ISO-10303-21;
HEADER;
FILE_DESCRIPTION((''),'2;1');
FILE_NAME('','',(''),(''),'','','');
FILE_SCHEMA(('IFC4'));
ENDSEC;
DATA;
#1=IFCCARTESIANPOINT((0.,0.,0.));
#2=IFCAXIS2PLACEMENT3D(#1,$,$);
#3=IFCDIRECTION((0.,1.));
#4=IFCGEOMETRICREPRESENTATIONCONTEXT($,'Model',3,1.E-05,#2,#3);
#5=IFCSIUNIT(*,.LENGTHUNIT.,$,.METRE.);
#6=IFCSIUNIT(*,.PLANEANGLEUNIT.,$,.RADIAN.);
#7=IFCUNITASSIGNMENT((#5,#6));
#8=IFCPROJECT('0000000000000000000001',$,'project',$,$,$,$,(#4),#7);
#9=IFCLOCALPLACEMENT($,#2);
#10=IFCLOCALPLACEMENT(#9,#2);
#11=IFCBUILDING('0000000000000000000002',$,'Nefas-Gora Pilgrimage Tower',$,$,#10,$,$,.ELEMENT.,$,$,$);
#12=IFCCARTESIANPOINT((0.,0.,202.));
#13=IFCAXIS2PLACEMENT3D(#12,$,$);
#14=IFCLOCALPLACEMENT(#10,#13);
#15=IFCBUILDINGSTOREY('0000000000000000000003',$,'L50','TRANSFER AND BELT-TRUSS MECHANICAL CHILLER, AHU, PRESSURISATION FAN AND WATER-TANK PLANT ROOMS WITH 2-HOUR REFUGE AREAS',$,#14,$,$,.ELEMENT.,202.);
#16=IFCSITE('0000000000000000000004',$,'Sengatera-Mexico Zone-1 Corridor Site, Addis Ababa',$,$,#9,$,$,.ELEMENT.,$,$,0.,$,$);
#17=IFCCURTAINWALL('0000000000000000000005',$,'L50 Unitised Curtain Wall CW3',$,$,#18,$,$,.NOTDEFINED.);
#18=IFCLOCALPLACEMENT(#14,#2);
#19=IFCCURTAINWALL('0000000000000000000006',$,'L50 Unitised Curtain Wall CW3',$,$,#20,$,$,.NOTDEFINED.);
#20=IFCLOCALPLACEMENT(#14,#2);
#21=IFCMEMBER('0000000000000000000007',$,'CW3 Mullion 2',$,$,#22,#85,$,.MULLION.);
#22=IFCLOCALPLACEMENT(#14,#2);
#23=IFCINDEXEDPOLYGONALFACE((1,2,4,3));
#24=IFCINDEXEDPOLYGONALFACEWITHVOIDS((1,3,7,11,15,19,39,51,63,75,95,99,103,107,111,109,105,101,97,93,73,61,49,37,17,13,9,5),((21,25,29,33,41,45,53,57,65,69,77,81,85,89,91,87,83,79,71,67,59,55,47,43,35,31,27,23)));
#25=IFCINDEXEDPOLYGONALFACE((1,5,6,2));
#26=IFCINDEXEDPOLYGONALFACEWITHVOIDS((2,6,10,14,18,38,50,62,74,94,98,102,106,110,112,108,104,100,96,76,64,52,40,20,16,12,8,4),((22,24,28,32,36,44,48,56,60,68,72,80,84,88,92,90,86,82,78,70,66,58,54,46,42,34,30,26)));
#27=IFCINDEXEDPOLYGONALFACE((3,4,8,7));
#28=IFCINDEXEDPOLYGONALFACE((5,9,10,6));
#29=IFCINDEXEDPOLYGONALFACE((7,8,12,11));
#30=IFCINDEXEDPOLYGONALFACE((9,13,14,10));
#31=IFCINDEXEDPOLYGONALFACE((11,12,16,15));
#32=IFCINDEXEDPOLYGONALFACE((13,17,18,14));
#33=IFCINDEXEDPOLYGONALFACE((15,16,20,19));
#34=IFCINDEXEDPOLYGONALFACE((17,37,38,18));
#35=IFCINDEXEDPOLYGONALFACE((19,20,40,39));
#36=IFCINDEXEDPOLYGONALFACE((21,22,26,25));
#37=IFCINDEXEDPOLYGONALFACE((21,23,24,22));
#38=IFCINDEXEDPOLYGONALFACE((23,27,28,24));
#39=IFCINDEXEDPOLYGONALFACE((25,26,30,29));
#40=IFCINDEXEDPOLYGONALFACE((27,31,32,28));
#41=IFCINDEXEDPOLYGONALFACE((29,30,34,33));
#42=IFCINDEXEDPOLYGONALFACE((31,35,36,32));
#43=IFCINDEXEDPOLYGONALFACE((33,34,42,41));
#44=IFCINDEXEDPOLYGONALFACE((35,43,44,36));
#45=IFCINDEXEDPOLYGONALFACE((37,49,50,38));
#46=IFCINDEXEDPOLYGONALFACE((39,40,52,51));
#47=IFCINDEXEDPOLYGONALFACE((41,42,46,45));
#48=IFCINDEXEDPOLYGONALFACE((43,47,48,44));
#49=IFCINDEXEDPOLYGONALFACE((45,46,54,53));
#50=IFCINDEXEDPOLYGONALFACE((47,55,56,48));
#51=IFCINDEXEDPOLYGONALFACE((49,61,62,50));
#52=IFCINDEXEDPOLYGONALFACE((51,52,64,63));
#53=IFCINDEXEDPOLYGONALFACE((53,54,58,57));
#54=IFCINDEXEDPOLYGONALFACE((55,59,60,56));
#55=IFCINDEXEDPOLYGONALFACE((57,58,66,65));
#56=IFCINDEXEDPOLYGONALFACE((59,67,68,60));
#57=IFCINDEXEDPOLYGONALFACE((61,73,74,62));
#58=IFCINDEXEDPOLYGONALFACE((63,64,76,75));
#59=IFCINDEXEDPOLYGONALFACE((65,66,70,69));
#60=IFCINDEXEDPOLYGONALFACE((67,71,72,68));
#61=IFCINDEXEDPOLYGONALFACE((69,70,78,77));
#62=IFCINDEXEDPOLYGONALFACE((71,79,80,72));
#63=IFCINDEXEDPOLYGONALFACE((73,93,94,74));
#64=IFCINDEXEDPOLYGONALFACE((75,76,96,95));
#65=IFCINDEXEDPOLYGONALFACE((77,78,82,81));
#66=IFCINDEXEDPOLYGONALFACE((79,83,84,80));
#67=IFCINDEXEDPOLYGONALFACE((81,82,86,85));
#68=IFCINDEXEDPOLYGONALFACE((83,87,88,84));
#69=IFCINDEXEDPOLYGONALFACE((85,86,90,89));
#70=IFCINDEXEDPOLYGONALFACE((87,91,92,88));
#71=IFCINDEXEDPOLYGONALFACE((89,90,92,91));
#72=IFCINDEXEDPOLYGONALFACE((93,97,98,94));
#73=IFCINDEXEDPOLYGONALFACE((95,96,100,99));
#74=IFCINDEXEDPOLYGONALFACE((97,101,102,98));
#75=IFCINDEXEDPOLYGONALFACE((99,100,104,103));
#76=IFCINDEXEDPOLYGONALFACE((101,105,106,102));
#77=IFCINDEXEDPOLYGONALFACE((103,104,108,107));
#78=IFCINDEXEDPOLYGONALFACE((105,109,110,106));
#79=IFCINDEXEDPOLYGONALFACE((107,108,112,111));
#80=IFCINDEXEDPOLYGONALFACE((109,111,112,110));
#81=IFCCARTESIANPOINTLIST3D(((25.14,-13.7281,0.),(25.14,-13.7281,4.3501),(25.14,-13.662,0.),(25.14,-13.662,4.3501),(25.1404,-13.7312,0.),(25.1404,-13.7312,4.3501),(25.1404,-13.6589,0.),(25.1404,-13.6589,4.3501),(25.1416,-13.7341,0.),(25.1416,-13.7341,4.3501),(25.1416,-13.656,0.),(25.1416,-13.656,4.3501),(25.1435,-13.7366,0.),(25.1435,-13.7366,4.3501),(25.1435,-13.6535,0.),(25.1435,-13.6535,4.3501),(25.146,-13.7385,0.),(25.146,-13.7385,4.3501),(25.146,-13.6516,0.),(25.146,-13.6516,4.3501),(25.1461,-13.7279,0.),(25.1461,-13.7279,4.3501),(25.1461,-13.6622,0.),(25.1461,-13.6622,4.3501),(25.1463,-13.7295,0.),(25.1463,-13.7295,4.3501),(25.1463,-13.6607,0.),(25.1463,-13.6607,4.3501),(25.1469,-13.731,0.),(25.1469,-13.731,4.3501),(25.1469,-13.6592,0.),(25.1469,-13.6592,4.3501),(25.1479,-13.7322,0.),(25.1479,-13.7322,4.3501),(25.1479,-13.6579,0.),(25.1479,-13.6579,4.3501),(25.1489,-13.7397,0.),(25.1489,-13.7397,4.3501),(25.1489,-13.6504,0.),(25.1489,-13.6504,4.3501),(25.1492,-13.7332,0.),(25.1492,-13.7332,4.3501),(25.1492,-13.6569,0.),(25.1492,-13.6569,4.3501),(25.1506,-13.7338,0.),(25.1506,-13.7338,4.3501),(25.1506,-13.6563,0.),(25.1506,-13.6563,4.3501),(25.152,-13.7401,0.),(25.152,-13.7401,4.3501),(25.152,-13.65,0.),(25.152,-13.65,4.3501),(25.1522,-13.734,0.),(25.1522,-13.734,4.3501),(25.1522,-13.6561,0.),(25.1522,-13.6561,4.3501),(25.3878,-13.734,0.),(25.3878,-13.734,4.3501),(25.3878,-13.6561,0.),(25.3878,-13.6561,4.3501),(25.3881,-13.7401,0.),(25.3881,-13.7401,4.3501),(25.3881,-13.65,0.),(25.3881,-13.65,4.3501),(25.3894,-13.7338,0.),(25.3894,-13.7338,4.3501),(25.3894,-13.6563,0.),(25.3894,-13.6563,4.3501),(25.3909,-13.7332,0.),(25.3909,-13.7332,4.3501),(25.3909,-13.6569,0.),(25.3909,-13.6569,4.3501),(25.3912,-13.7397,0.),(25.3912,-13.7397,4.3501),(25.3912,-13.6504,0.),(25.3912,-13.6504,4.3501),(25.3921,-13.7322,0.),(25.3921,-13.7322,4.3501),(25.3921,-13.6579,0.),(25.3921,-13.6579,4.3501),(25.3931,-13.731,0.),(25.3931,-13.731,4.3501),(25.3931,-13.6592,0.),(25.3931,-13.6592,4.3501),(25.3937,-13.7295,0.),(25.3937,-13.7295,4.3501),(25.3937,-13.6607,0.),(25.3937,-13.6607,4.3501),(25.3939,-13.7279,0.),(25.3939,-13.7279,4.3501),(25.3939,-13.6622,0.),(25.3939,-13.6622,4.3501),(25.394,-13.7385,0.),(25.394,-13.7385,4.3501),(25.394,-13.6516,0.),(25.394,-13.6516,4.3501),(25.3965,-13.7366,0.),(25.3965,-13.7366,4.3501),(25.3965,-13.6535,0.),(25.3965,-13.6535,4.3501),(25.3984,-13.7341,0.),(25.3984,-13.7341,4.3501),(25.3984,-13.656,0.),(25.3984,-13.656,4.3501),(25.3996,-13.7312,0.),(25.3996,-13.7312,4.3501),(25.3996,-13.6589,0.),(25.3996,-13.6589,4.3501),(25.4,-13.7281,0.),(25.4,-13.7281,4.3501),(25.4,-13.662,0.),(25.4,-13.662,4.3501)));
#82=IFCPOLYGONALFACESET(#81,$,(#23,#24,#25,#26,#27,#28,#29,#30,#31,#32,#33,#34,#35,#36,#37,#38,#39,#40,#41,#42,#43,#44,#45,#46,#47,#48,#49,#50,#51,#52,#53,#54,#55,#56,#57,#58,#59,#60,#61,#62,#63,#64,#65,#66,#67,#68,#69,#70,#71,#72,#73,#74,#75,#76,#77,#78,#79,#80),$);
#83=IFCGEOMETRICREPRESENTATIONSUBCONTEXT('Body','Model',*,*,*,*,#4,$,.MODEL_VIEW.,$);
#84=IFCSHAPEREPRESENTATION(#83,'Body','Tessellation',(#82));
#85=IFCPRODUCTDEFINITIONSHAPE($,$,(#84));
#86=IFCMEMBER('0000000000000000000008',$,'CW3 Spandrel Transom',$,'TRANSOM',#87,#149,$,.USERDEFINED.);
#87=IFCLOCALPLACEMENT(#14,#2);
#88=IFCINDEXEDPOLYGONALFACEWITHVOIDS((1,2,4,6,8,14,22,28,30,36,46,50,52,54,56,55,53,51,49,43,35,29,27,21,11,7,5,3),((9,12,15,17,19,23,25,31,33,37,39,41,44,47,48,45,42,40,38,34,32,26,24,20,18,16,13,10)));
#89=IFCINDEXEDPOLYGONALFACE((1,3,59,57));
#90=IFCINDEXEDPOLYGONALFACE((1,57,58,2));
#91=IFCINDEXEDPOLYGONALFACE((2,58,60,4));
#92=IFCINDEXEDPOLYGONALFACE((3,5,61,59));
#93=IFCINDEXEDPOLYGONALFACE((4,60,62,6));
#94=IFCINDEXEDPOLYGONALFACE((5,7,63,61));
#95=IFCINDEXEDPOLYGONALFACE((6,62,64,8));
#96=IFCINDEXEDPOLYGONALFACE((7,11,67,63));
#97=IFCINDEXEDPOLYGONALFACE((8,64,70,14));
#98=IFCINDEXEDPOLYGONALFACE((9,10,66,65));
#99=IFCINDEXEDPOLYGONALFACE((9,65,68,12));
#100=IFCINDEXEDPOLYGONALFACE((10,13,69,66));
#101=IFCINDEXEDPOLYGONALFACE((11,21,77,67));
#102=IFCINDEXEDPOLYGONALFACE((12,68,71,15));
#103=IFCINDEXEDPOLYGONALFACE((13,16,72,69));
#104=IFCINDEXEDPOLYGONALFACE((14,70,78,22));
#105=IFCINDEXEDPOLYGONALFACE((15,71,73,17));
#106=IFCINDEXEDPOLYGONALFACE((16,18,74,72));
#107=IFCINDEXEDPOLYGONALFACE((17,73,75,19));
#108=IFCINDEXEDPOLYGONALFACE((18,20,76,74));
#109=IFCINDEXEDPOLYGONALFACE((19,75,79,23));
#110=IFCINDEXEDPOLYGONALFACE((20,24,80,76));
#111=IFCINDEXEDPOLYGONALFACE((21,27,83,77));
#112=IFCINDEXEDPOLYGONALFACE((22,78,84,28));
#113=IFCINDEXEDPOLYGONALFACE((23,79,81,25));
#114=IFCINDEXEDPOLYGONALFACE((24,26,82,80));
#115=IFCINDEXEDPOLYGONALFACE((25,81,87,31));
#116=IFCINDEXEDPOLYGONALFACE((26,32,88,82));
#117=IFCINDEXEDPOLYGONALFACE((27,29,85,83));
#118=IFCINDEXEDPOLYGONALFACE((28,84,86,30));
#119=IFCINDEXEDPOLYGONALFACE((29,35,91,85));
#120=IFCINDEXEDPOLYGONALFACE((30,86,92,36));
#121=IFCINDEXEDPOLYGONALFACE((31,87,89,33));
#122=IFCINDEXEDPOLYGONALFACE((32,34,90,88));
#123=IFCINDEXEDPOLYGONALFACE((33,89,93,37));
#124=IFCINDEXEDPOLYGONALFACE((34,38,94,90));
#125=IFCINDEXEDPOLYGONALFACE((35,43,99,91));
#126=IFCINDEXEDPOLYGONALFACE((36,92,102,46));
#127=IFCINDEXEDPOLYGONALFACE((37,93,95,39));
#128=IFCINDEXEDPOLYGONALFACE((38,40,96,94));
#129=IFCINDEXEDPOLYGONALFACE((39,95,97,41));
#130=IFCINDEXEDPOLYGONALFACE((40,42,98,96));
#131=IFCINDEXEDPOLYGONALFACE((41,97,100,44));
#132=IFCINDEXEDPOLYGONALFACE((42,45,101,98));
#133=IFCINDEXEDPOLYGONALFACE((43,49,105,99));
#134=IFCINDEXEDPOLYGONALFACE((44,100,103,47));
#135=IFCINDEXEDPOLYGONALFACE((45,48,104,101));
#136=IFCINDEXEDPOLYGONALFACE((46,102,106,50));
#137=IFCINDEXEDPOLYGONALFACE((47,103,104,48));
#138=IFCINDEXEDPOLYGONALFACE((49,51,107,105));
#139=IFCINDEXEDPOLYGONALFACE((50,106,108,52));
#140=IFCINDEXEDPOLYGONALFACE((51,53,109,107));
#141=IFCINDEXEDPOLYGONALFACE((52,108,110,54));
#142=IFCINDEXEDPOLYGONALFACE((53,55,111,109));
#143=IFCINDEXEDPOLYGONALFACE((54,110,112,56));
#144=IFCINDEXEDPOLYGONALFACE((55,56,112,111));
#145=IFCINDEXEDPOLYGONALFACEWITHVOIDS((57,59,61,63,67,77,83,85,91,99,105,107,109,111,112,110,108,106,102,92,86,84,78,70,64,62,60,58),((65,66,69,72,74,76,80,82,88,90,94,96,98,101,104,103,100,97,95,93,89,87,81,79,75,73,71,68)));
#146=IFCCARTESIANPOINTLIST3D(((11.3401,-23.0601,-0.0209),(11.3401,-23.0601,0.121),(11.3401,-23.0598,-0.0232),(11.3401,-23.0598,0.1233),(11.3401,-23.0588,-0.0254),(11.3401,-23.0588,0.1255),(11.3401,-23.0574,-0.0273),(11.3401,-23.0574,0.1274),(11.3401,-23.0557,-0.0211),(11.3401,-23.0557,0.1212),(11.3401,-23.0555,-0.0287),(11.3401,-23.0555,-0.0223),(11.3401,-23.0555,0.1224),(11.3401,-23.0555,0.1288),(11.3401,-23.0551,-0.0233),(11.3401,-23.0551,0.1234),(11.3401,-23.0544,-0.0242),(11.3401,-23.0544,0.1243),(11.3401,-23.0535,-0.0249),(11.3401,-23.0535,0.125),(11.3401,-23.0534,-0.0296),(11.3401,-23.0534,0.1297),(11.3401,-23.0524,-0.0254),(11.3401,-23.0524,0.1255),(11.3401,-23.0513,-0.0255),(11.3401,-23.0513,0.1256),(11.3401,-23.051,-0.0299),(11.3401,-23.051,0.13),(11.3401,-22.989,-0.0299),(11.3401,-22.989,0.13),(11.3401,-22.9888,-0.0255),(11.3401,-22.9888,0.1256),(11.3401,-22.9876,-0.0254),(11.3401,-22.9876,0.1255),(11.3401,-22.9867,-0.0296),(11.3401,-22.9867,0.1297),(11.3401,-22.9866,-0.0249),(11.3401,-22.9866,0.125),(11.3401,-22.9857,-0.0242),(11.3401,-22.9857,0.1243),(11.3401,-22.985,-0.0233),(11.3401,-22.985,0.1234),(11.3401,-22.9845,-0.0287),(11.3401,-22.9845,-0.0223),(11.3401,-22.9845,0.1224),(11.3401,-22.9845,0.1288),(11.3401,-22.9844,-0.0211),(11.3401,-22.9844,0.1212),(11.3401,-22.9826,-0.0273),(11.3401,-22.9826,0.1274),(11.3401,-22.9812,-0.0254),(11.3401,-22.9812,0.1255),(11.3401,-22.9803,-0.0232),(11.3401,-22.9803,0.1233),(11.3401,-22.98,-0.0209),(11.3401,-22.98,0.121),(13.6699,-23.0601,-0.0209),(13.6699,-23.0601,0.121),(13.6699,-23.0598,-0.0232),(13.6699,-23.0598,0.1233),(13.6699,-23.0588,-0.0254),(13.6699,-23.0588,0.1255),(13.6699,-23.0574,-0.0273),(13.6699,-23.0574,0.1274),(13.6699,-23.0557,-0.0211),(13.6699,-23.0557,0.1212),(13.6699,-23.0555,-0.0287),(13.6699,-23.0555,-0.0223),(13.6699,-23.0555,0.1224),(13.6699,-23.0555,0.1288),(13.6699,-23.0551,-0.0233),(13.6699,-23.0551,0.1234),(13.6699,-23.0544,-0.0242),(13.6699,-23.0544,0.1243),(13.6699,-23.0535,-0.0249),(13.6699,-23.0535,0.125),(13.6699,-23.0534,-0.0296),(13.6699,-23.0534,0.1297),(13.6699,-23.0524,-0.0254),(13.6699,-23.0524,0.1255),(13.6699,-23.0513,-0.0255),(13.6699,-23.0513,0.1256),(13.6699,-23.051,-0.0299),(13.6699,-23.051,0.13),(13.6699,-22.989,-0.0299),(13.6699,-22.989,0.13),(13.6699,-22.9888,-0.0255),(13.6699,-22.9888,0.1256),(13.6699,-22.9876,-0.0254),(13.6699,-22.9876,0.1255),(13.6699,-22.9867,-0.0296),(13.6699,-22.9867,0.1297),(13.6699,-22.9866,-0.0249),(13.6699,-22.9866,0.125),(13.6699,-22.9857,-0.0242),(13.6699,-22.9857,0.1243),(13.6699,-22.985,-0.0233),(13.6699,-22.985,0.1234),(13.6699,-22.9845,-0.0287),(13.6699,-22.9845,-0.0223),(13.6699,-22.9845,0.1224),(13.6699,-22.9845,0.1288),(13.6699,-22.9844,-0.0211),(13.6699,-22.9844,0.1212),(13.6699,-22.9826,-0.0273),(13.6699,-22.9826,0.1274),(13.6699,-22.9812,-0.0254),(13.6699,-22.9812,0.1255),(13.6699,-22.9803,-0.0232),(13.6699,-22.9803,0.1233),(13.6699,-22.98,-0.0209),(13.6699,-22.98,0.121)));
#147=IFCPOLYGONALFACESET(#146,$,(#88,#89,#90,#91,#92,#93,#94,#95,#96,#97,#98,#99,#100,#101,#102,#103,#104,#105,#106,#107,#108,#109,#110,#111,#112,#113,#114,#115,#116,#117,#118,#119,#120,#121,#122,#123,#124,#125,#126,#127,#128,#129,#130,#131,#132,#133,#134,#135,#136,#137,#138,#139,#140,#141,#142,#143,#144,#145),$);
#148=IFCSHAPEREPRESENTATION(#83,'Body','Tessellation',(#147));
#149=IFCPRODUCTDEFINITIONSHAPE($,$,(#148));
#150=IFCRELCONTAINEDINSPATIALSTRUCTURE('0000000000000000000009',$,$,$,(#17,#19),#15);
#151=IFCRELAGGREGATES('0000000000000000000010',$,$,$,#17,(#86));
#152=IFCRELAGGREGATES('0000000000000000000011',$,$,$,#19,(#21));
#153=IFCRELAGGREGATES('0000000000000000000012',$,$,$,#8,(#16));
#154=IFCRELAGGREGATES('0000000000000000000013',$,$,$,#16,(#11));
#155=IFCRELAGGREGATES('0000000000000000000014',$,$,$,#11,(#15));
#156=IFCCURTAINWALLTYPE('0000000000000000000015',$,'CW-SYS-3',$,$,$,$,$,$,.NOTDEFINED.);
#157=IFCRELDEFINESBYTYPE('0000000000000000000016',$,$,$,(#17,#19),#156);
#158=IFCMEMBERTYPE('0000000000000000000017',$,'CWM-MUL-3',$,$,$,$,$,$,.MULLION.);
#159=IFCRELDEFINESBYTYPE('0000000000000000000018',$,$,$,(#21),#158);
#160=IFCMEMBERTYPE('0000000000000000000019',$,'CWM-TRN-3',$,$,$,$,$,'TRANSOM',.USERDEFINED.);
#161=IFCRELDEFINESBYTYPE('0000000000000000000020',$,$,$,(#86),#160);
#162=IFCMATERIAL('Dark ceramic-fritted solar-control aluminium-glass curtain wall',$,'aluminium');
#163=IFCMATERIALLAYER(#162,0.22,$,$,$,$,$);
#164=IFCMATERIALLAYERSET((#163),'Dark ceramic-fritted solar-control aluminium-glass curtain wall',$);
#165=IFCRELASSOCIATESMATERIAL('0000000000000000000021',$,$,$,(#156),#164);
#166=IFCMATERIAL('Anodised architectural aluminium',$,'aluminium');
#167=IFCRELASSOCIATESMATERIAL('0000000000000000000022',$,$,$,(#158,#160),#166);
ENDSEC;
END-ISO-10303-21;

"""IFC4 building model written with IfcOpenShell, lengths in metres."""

from ifc_helpers import new_model, si_unit, direction, frame, origin, origin_2d, place, context, subcontext, project, spatial, hollow_rectangle, extrude, source, transform, mapped, material, layer, layer_set, material_profile, profile_set, type_object, element, aggregate, save


model = new_model("IFC4")

# Units and contexts
model_context = context("Model", 3, precision=1e-05, world=origin(), true_north=direction((0.0, 1.0)))
body_context = subcontext(model_context, "Body", "Model", "MODEL_VIEW")
ifc_project = project(units=[si_unit("LENGTHUNIT", "METRE"), si_unit("PLANEANGLEUNIT", "RADIAN")], contexts=[model_context])

# Site, building, storey
site_placement = place(None, origin())
site = spatial("IfcSite", under=ifc_project, at=site_placement, Name="Sengatera-Mexico Zone-1 Corridor Site, Addis Ababa", CompositionType="ELEMENT", RefElevation=0.0)
building_placement = place(site_placement, origin())
building = spatial("IfcBuilding", under=site, at=building_placement, Name="Nefas-Gora Pilgrimage Tower", CompositionType="ELEMENT")
storey_placement = place(building_placement, frame((0.0, 0.0, 202.0)))
storey = spatial("IfcBuildingStorey", under=building, at=storey_placement, Name="L50", Description="TRANSFER AND BELT-TRUSS MECHANICAL CHILLER, AHU, PRESSURISATION FAN AND WATER-TANK PLANT ROOMS WITH 2-HOUR REFUGE AREAS", CompositionType="ELEMENT", Elevation=202.0)

# Curtain walls, member
ifc_material_1 = material(Name="Dark ceramic-fritted solar-control aluminium-glass curtain wall", Category="aluminium")
ifc_layer_1 = layer(ifc_material_1, 0.22)
ifc_layer_set_1 = layer_set([ifc_layer_1], Name="Dark ceramic-fritted solar-control aluminium-glass curtain wall")
curtain_wall_type = type_object("IfcCurtainWallType", Name="CW-SYS-3", PredefinedType="NOTDEFINED", material=ifc_layer_set_1)
curtain_wall_1_placement = place(storey_placement, origin())
curtain_wall_1 = element("IfcCurtainWall", 1, at=curtain_wall_1_placement, inside=storey, type_object=curtain_wall_type, Name="L50 Unitised Curtain Wall CW3", PredefinedType="NOTDEFINED")
ifc_material_2 = material(Name="Anodised architectural aluminium", Category="aluminium")
ifc_material_profile_1 = material_profile(ifc_material_2, hollow_rectangle(XDim=0.0901, YDim=0.26, WallThickness=0.0061, InnerFilletRadius=0.0061, OuterFilletRadius=0.012, at=origin_2d()), Name="ALU MULLION 90x260")
ifc_profile_set_1 = profile_set([ifc_material_profile_1], Name="Anodised architectural aluminium")
member_type_1 = type_object("IfcMemberType", Name="CWM-MUL-3", PredefinedType="MULLION", material=ifc_profile_set_1)
shared_shape_1 = source(origin(), body_context, "Body", "SweptSolid", [
    extrude(hollow_rectangle(XDim=0.0901, YDim=0.26, WallThickness=0.0061, InnerFilletRadius=0.0061, OuterFilletRadius=0.012, at=origin_2d()), origin(), (0.0, 0.0, 1.0), 4.3501),
])
curtain_wall_2_placement = place(storey_placement, origin())
curtain_wall_2 = element("IfcCurtainWall", 2, at=curtain_wall_2_placement, inside=storey, type_object=curtain_wall_type, Name="L50 Unitised Curtain Wall CW3", PredefinedType="NOTDEFINED")
member_1_placement = place(storey_placement, frame((25.27, -13.6951, 0.0), z_axis=(0.0, 0.0, 1.0), x_axis=(0.0, 1.0, 0.0)))
member_1 = element("IfcMember", 3, at=member_1_placement, type_object=member_type_1, Name="CW3 Mullion 2", PredefinedType="MULLION", context=body_context, shape_type="MappedRepresentation", body=[
    mapped(shared_shape_1, transform((0.0, 0.0, 0.0), x_axis=(1.0, 0.0, 0.0), y_axis=(0.0, 1.0, 0.0), z_axis=(0.0, 0.0, 1.0), scale=1.0)),
])

# Member
ifc_material_profile_2 = material_profile(ifc_material_2, hollow_rectangle(XDim=0.0801, YDim=0.1599, WallThickness=0.0044, InnerFilletRadius=0.0044, OuterFilletRadius=0.009, at=origin_2d()), Name="ALU TRANSOM 80x160")
ifc_profile_set_2 = profile_set([ifc_material_profile_2], Name="Anodised architectural aluminium")
member_type_2 = type_object("IfcMemberType", Name="CWM-TRN-3", ElementType="TRANSOM", PredefinedType="USERDEFINED", material=ifc_profile_set_2)
shared_shape_2 = source(origin(), body_context, "Body", "SweptSolid", [
    extrude(hollow_rectangle(XDim=0.0801, YDim=0.1599, WallThickness=0.0044, InnerFilletRadius=0.0044, OuterFilletRadius=0.009, at=origin_2d()), origin(), (0.0, 0.0, 1.0), 2.3298),
])
member_2_placement = place(storey_placement, frame((11.3401, -23.02, 0.05), z_axis=(1.0, 0.0, 0.0), x_axis=(0.0, 1.0, 0.0)))
member_2 = element("IfcMember", 4, at=member_2_placement, type_object=member_type_2, Name="CW3 Spandrel Transom", ObjectType="TRANSOM", PredefinedType="USERDEFINED", context=body_context, shape_type="MappedRepresentation", body=[
    mapped(shared_shape_2, transform((0.0, 0.0, 0.0), x_axis=(1.0, 0.0, 0.0), y_axis=(0.0, 1.0, 0.0), z_axis=(0.0, 0.0, 1.0), scale=1.0)),
])

aggregate(curtain_wall_1, [member_2])
aggregate(curtain_wall_2, [member_1])

save(model, "model.ifc")
